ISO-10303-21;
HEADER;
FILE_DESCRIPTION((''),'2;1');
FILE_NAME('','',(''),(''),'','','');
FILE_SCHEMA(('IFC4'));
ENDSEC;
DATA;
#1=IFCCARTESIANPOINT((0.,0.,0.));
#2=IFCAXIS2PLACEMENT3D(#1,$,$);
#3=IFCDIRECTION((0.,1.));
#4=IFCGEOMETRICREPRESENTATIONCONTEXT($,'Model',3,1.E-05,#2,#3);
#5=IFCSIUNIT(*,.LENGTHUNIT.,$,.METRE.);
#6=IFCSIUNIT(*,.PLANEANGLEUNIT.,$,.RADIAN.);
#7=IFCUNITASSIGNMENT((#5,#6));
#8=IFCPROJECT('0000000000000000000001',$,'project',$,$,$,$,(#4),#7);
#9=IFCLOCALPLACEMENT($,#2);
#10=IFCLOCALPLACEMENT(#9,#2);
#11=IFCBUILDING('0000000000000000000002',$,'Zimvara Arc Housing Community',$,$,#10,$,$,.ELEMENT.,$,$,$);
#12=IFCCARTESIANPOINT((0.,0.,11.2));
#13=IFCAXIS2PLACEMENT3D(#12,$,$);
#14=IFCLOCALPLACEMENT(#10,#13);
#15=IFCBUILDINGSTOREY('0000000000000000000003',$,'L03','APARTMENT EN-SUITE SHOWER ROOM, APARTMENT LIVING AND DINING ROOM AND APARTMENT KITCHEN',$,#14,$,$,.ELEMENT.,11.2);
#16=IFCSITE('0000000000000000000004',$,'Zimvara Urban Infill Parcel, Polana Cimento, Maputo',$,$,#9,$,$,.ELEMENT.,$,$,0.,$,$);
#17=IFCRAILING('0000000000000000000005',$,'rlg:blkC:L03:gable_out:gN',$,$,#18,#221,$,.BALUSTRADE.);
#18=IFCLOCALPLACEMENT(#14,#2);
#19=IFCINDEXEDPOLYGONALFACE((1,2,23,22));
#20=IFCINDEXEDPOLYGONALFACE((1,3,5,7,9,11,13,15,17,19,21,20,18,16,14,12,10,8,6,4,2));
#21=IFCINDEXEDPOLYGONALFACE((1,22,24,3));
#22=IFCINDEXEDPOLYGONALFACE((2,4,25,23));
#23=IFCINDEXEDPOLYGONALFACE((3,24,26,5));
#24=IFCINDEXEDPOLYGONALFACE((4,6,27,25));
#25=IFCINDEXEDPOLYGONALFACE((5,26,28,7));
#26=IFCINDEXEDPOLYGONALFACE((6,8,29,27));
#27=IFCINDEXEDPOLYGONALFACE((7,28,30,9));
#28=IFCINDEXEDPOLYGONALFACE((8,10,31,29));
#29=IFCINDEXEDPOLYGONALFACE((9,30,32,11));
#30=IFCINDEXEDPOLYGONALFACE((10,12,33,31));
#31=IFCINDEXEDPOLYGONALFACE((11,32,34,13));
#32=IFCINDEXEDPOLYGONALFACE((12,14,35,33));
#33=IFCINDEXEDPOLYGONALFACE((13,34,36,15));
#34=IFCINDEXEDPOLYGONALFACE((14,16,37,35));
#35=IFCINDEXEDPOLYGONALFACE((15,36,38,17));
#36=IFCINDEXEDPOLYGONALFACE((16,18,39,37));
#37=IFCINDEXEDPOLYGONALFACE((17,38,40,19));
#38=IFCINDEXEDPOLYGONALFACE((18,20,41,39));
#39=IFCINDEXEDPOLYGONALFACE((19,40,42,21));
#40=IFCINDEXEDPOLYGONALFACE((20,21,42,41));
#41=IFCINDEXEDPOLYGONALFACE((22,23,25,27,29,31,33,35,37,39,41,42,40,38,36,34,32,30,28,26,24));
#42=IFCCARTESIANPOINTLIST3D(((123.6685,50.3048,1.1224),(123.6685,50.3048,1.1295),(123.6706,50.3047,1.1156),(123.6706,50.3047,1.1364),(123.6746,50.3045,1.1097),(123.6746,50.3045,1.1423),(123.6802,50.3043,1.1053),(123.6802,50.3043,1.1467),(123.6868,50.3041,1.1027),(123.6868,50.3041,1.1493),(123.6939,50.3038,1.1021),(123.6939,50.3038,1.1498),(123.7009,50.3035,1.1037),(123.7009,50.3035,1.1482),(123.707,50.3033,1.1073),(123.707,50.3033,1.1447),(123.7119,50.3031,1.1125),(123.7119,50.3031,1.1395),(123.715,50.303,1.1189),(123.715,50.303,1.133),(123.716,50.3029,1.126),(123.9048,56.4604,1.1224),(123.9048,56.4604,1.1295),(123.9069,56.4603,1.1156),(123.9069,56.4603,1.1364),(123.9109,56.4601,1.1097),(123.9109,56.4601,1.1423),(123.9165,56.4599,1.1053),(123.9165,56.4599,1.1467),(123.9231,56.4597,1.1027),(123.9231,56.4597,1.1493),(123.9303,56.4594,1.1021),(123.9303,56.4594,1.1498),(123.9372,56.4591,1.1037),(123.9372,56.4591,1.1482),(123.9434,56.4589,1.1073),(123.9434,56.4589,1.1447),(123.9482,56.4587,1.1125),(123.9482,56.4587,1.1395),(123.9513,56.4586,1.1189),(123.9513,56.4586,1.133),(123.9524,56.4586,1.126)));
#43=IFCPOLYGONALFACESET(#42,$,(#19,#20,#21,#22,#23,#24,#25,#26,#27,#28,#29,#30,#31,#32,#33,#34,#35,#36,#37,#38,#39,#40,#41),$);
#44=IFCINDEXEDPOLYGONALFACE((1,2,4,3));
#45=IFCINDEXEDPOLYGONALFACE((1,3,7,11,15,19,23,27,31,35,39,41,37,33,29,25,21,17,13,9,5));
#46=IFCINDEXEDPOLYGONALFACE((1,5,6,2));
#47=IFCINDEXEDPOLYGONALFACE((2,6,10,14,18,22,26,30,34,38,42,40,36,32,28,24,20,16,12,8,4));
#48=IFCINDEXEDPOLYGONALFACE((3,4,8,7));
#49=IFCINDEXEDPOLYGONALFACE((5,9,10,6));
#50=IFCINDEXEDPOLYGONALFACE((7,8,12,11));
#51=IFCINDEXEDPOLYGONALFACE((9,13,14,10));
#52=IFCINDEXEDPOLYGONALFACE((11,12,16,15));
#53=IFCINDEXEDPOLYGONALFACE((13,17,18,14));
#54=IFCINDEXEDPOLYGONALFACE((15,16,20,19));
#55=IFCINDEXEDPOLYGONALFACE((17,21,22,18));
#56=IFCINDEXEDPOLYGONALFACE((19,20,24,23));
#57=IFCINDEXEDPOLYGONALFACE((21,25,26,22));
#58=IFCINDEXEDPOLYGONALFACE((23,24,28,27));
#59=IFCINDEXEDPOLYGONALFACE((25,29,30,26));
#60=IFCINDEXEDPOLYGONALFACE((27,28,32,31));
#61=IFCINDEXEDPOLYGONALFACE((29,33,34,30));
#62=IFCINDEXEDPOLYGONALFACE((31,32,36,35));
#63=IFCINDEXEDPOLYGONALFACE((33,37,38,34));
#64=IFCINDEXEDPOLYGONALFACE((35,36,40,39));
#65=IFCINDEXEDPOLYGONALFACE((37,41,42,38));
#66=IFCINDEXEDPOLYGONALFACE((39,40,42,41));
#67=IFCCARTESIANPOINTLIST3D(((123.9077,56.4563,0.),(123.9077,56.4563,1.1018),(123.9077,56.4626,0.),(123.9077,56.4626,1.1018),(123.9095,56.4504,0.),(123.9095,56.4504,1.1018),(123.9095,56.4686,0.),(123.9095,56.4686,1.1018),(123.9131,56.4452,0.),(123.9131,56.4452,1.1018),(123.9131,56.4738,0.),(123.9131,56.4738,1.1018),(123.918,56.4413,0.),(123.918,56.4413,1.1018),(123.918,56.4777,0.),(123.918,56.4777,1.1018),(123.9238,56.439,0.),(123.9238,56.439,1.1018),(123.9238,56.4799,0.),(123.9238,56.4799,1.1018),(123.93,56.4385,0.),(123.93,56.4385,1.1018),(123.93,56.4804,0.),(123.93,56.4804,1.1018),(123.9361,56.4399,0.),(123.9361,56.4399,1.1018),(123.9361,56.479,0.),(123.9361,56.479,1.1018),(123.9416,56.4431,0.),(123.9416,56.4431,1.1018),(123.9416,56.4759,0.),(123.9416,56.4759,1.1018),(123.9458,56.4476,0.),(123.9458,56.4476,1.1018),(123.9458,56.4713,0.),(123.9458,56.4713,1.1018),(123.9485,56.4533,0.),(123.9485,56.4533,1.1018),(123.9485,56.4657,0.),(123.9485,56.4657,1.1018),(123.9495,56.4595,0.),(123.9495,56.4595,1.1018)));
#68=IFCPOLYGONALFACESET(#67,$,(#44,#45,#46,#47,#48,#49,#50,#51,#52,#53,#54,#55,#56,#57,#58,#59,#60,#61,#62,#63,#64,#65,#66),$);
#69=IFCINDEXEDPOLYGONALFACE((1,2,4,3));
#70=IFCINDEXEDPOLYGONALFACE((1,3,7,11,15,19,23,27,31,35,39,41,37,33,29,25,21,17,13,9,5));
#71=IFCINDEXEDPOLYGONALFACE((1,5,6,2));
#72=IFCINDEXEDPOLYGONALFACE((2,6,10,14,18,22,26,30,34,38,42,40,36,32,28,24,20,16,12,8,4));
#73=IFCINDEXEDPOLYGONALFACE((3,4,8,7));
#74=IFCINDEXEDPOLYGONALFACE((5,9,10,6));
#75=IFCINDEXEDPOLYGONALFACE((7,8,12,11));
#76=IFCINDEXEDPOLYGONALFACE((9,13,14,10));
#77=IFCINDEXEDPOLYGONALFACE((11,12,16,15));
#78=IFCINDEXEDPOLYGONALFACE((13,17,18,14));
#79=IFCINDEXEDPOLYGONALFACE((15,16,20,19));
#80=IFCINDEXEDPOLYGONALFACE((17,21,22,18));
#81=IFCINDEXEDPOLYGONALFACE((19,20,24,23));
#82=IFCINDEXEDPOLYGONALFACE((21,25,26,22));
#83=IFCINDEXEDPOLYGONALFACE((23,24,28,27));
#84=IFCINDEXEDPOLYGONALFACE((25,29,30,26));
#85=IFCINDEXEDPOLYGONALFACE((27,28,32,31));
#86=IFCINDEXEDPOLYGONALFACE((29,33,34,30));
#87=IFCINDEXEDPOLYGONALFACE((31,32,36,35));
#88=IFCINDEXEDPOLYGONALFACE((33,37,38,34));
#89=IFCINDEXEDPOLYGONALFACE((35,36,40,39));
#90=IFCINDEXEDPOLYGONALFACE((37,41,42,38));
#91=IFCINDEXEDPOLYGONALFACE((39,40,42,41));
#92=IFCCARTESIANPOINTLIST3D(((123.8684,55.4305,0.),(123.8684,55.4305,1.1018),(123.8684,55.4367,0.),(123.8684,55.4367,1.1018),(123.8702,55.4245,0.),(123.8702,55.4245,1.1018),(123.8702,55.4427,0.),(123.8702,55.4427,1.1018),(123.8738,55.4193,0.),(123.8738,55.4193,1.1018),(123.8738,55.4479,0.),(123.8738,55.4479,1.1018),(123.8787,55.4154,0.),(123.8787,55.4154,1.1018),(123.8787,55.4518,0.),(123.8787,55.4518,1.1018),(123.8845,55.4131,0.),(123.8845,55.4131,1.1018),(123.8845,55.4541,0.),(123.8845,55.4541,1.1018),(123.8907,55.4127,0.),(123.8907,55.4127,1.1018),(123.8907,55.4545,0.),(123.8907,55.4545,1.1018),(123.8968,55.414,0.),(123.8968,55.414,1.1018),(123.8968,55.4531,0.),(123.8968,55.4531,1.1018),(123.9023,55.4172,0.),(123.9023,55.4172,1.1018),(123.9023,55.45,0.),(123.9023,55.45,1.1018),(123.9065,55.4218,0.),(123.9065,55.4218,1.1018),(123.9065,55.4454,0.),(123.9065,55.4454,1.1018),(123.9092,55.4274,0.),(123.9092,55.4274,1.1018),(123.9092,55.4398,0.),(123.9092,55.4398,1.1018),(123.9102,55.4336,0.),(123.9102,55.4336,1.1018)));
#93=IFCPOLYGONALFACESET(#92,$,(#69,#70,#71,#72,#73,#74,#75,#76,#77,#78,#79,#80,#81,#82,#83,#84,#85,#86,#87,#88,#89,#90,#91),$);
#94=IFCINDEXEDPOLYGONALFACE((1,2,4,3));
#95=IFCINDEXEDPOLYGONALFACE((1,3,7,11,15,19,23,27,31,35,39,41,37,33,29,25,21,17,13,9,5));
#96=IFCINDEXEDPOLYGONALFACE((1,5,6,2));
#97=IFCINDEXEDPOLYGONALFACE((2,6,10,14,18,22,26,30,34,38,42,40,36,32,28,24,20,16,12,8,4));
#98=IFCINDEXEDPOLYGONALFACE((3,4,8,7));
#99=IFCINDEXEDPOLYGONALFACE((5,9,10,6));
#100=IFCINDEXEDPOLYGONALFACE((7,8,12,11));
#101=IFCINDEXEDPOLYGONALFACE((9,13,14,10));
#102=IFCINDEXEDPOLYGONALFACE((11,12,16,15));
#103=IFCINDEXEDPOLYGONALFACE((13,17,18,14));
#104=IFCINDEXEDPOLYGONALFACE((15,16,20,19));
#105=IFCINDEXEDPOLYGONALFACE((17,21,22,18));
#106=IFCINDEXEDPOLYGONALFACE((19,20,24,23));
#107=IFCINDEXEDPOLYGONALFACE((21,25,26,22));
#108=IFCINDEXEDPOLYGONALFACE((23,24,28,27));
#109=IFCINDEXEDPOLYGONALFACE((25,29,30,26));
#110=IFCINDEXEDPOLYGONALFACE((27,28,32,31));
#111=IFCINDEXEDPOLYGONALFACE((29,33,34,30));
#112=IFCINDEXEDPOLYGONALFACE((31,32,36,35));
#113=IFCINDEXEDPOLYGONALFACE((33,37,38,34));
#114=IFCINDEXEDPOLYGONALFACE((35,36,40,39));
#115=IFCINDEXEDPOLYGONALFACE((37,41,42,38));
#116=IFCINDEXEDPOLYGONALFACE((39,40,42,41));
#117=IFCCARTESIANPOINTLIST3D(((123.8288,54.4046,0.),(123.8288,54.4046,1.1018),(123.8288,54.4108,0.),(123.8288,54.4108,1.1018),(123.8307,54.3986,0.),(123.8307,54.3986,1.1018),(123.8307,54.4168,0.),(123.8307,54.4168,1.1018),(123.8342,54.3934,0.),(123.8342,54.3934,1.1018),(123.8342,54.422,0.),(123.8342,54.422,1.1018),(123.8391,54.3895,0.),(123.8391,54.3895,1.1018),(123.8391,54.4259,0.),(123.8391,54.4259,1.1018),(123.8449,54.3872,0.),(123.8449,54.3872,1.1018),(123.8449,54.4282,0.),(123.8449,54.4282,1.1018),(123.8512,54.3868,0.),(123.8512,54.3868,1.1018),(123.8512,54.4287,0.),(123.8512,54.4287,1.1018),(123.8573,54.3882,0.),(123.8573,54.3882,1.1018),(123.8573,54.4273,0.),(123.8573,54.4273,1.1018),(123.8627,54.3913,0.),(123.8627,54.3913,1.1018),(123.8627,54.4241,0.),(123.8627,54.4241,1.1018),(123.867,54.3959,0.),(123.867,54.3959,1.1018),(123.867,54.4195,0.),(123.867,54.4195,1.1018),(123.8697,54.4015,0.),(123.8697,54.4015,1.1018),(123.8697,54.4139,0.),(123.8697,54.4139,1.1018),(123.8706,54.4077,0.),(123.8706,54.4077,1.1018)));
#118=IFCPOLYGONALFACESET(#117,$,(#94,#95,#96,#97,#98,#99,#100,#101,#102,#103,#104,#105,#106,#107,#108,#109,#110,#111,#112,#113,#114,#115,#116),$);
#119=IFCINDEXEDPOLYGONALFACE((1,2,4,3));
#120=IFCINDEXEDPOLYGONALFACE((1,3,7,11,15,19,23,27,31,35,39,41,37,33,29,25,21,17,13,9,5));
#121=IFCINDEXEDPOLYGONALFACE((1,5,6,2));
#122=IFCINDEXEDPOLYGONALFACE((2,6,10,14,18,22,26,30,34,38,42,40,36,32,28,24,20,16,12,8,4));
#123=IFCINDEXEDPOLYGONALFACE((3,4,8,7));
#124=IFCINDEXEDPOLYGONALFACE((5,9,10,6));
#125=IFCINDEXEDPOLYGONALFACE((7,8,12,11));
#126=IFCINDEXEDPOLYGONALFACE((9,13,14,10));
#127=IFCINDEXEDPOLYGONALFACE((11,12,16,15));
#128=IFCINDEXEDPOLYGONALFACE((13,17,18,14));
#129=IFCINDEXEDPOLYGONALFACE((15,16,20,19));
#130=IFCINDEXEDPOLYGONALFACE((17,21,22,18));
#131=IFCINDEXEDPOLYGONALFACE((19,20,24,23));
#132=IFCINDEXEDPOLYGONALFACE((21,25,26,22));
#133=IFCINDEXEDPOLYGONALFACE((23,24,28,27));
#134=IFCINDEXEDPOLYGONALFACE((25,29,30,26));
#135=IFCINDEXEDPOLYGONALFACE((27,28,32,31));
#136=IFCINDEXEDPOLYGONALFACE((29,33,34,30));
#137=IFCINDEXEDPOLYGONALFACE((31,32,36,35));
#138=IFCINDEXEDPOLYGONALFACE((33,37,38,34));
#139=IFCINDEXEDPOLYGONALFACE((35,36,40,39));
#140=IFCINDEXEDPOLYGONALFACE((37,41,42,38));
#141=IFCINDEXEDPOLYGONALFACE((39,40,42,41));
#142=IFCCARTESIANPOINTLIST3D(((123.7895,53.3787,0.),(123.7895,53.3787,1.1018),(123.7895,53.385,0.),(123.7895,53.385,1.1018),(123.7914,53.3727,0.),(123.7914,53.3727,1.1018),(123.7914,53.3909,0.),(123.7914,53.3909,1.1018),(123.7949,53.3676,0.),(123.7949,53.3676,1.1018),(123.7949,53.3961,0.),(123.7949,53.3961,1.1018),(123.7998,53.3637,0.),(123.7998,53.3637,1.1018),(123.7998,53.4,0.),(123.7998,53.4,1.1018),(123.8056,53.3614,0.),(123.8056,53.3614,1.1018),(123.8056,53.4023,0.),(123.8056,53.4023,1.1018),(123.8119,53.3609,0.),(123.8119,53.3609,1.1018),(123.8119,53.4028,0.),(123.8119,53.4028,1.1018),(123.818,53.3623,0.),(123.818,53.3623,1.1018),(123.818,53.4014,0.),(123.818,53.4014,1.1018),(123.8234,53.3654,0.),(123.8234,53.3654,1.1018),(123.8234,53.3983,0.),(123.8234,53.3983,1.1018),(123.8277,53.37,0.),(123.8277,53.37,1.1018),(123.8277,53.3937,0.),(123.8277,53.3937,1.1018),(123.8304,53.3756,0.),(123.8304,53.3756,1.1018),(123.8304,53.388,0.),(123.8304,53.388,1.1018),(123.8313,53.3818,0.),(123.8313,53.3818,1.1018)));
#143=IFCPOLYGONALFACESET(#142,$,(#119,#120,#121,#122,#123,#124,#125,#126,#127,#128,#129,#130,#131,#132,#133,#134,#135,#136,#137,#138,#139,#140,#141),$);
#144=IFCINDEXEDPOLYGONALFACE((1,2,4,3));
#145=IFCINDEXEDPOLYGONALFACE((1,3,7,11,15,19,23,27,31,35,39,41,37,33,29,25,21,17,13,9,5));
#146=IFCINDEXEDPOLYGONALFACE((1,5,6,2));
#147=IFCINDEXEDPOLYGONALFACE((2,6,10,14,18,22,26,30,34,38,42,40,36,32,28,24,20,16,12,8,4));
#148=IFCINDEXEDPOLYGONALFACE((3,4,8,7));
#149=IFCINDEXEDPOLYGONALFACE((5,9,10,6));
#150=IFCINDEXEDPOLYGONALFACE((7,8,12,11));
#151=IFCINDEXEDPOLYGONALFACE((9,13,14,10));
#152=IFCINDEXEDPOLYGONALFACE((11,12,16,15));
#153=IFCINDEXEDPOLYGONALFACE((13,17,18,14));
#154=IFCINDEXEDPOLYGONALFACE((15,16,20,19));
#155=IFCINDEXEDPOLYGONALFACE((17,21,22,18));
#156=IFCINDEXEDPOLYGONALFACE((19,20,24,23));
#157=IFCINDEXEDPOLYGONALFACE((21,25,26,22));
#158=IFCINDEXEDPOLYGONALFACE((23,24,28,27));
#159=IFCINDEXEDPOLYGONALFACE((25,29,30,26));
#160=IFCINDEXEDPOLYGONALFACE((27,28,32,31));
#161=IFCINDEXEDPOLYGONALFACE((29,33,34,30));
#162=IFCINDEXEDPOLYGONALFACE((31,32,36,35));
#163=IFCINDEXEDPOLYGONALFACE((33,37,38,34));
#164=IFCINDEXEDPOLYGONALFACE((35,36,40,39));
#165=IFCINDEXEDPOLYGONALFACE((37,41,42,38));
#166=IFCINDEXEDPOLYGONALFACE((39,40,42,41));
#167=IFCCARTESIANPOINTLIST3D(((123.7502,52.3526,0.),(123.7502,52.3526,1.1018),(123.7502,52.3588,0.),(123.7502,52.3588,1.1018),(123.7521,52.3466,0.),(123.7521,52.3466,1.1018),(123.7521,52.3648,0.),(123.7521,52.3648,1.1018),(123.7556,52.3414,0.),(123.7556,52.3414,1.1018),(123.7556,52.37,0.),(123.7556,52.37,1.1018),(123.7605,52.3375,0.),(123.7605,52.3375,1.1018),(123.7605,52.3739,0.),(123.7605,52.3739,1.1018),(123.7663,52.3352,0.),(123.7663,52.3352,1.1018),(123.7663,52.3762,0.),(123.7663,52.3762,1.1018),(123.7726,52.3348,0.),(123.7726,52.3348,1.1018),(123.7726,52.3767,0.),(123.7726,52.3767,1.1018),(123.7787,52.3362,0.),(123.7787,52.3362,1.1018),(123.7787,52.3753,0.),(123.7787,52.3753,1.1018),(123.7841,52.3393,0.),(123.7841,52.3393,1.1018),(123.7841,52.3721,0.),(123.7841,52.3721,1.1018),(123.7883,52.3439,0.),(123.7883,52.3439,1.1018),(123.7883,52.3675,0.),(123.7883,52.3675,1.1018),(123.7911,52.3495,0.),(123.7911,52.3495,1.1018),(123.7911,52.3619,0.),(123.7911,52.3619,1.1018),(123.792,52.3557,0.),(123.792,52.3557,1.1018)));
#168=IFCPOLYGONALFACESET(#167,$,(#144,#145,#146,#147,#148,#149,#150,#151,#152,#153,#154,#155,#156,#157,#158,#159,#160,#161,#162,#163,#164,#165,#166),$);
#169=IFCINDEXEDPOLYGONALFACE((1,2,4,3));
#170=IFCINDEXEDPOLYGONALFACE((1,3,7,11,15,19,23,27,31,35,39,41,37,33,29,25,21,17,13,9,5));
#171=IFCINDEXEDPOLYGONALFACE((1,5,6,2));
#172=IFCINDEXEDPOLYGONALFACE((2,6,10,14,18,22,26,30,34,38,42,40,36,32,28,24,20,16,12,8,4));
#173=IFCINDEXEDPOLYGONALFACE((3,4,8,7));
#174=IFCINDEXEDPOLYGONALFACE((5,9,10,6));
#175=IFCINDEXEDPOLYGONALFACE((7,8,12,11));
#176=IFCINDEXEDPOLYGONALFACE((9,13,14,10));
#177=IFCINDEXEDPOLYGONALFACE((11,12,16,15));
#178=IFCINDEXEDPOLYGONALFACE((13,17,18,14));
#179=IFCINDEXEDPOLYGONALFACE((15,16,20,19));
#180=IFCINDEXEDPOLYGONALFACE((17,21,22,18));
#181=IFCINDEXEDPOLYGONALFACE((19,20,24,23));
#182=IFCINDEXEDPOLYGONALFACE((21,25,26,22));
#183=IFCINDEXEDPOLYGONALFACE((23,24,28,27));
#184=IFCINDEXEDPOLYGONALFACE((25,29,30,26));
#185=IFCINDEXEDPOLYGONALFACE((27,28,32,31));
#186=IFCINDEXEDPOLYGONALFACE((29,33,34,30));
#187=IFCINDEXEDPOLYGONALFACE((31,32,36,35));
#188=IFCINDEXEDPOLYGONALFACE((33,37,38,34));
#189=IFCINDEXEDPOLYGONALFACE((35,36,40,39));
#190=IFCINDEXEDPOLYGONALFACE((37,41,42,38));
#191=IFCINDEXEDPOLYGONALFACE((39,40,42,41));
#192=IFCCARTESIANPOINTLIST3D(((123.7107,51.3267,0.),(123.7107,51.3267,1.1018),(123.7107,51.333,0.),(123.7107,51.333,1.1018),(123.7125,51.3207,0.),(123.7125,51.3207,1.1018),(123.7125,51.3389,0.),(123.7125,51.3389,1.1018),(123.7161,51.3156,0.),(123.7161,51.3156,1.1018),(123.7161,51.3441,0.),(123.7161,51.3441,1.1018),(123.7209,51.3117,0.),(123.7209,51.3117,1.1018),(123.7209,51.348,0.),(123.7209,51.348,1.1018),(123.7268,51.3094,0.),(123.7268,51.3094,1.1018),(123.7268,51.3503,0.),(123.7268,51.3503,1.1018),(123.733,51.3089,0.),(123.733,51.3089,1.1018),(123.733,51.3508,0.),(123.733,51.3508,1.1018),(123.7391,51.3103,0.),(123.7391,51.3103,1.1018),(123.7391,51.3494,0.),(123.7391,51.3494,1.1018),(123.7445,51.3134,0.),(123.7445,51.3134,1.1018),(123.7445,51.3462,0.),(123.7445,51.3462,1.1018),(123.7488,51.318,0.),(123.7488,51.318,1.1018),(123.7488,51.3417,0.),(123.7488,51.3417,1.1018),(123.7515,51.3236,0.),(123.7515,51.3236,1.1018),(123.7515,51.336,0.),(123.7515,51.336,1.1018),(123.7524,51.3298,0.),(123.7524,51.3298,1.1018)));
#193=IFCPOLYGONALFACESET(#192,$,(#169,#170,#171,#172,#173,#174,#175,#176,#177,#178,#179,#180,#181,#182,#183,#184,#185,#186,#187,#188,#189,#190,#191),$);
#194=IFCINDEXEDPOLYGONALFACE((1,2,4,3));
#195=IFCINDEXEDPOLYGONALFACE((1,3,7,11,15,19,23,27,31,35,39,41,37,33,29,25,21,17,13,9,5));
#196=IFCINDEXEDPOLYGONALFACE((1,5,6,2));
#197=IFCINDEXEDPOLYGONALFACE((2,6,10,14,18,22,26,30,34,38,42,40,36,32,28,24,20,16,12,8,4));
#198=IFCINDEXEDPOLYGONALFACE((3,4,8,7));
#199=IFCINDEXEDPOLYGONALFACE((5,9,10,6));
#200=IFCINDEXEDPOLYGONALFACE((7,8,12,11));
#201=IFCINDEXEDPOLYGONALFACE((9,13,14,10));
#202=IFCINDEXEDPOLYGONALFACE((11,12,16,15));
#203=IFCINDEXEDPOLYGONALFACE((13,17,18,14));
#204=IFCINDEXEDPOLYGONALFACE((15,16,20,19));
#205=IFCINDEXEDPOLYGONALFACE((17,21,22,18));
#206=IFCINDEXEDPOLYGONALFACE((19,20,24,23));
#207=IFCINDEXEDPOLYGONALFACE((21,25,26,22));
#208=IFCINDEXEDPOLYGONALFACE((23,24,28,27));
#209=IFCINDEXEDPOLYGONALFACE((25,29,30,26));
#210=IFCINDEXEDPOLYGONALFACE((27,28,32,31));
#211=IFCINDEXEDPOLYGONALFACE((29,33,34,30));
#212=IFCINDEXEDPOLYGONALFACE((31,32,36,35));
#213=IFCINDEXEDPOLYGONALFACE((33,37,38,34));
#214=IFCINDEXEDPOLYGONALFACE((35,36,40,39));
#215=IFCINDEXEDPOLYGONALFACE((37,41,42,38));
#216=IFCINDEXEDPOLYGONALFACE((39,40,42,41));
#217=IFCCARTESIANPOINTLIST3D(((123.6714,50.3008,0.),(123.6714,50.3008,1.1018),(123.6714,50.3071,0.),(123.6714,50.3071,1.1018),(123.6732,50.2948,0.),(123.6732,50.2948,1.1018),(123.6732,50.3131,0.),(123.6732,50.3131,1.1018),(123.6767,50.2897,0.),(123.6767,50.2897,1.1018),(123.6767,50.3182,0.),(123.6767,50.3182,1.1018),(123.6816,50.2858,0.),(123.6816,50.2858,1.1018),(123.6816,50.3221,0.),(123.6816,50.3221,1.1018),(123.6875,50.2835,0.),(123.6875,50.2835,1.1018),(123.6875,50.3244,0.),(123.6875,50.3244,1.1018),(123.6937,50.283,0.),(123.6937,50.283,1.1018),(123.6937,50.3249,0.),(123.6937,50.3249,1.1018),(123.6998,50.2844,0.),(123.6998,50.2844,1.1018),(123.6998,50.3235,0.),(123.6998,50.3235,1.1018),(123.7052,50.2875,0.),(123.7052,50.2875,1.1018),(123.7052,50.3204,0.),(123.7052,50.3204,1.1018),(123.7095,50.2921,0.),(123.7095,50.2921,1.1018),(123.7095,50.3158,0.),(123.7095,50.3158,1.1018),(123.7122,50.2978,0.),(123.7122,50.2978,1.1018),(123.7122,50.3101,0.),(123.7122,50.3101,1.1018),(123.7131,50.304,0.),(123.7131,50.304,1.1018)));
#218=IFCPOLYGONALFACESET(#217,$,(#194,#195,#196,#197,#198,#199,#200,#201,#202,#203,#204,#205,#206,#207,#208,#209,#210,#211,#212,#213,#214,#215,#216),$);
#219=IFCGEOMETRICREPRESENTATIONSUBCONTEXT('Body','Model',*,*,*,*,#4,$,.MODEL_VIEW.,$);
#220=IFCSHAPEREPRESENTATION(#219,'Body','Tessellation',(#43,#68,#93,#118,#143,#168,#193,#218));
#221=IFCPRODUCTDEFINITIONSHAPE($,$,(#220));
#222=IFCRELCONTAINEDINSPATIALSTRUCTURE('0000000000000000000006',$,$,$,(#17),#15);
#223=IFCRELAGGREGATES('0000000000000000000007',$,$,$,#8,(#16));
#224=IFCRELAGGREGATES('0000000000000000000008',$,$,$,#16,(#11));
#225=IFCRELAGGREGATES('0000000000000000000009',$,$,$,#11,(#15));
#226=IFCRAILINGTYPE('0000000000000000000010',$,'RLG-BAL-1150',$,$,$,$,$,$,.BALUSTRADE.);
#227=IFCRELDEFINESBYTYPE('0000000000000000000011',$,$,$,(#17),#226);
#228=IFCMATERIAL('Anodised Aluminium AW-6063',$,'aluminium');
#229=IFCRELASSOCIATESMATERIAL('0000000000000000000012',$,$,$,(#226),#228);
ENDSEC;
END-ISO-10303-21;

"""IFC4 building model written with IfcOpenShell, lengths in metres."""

from ifc_helpers import new_model, si_unit, direction, frame, origin, origin_2d, place, context, subcontext, project, spatial, circle, extrude, material, type_object, element, save


model = new_model("IFC4")

# Units and contexts
model_context = context("Model", 3, precision=1e-05, world=origin(), true_north=direction((0.0, 1.0)))
body_context = subcontext(model_context, "Body", "Model", "MODEL_VIEW")
ifc_project = project(units=[si_unit("LENGTHUNIT", "METRE"), si_unit("PLANEANGLEUNIT", "RADIAN")], contexts=[model_context])

# Site, building, storey
site_placement = place(None, origin())
site = spatial("IfcSite", under=ifc_project, at=site_placement, Name="Zimvara Urban Infill Parcel, Polana Cimento, Maputo", CompositionType="ELEMENT", RefElevation=0.0)
building_placement = place(site_placement, origin())
building = spatial("IfcBuilding", under=site, at=building_placement, Name="Zimvara Arc Housing Community", CompositionType="ELEMENT")
storey_placement = place(building_placement, frame((0.0, 0.0, 11.2)))
storey = spatial("IfcBuildingStorey", under=building, at=storey_placement, Name="L03", Description="APARTMENT EN-SUITE SHOWER ROOM, APARTMENT LIVING AND DINING ROOM AND APARTMENT KITCHEN", CompositionType="ELEMENT", Elevation=11.2)

# Railing
ifc_material_1 = material(Name="Anodised Aluminium AW-6063", Category="aluminium")
railing_type = type_object("IfcRailingType", Name="RLG-BAL-1150", PredefinedType="BALUSTRADE", material=ifc_material_1)
railing_placement = place(storey_placement, frame((123.9285, 56.4595, 0.0)))
element("IfcRailing", 1, at=railing_placement, inside=storey, type_object=railing_type, Name="rlg:blkC:L03:gable_out:gN", PredefinedType="BALUSTRADE", context=body_context, shape_type="SweptSolid", body=[
    extrude(circle(Radius=0.0239, at=origin_2d()), frame((0.0, 0.0, 1.126), z_axis=(-0.038365, -0.999264, 0.0), x_axis=(0.999264, -0.038365, 0.0)), (0.0, 0.0, 1.0), 6.1602),
    extrude(circle(Radius=0.021, at=origin_2d()), origin(), (0.0, 0.0, 1.0), 1.1018),
    extrude(circle(Radius=0.021, at=origin_2d()), frame((-0.0393, -1.0259, 0.0)), (0.0, 0.0, 1.0), 1.1018),
    extrude(circle(Radius=0.021, at=origin_2d()), frame((-0.0789, -2.0518, 0.0)), (0.0, 0.0, 1.0), 1.1018),
    extrude(circle(Radius=0.021, at=origin_2d()), frame((-0.1182, -3.0776, 0.0)), (0.0, 0.0, 1.0), 1.1018),
    extrude(circle(Radius=0.021, at=origin_2d()), frame((-0.1575, -4.1038, 0.0)), (0.0, 0.0, 1.0), 1.1018),
    extrude(circle(Radius=0.021, at=origin_2d()), frame((-0.197, -5.1296, 0.0)), (0.0, 0.0, 1.0), 1.1018),
    extrude(circle(Radius=0.021, at=origin_2d()), frame((-0.2363, -6.1555, 0.0)), (0.0, 0.0, 1.0), 1.1018),
])

save(model, "model.ifc")
